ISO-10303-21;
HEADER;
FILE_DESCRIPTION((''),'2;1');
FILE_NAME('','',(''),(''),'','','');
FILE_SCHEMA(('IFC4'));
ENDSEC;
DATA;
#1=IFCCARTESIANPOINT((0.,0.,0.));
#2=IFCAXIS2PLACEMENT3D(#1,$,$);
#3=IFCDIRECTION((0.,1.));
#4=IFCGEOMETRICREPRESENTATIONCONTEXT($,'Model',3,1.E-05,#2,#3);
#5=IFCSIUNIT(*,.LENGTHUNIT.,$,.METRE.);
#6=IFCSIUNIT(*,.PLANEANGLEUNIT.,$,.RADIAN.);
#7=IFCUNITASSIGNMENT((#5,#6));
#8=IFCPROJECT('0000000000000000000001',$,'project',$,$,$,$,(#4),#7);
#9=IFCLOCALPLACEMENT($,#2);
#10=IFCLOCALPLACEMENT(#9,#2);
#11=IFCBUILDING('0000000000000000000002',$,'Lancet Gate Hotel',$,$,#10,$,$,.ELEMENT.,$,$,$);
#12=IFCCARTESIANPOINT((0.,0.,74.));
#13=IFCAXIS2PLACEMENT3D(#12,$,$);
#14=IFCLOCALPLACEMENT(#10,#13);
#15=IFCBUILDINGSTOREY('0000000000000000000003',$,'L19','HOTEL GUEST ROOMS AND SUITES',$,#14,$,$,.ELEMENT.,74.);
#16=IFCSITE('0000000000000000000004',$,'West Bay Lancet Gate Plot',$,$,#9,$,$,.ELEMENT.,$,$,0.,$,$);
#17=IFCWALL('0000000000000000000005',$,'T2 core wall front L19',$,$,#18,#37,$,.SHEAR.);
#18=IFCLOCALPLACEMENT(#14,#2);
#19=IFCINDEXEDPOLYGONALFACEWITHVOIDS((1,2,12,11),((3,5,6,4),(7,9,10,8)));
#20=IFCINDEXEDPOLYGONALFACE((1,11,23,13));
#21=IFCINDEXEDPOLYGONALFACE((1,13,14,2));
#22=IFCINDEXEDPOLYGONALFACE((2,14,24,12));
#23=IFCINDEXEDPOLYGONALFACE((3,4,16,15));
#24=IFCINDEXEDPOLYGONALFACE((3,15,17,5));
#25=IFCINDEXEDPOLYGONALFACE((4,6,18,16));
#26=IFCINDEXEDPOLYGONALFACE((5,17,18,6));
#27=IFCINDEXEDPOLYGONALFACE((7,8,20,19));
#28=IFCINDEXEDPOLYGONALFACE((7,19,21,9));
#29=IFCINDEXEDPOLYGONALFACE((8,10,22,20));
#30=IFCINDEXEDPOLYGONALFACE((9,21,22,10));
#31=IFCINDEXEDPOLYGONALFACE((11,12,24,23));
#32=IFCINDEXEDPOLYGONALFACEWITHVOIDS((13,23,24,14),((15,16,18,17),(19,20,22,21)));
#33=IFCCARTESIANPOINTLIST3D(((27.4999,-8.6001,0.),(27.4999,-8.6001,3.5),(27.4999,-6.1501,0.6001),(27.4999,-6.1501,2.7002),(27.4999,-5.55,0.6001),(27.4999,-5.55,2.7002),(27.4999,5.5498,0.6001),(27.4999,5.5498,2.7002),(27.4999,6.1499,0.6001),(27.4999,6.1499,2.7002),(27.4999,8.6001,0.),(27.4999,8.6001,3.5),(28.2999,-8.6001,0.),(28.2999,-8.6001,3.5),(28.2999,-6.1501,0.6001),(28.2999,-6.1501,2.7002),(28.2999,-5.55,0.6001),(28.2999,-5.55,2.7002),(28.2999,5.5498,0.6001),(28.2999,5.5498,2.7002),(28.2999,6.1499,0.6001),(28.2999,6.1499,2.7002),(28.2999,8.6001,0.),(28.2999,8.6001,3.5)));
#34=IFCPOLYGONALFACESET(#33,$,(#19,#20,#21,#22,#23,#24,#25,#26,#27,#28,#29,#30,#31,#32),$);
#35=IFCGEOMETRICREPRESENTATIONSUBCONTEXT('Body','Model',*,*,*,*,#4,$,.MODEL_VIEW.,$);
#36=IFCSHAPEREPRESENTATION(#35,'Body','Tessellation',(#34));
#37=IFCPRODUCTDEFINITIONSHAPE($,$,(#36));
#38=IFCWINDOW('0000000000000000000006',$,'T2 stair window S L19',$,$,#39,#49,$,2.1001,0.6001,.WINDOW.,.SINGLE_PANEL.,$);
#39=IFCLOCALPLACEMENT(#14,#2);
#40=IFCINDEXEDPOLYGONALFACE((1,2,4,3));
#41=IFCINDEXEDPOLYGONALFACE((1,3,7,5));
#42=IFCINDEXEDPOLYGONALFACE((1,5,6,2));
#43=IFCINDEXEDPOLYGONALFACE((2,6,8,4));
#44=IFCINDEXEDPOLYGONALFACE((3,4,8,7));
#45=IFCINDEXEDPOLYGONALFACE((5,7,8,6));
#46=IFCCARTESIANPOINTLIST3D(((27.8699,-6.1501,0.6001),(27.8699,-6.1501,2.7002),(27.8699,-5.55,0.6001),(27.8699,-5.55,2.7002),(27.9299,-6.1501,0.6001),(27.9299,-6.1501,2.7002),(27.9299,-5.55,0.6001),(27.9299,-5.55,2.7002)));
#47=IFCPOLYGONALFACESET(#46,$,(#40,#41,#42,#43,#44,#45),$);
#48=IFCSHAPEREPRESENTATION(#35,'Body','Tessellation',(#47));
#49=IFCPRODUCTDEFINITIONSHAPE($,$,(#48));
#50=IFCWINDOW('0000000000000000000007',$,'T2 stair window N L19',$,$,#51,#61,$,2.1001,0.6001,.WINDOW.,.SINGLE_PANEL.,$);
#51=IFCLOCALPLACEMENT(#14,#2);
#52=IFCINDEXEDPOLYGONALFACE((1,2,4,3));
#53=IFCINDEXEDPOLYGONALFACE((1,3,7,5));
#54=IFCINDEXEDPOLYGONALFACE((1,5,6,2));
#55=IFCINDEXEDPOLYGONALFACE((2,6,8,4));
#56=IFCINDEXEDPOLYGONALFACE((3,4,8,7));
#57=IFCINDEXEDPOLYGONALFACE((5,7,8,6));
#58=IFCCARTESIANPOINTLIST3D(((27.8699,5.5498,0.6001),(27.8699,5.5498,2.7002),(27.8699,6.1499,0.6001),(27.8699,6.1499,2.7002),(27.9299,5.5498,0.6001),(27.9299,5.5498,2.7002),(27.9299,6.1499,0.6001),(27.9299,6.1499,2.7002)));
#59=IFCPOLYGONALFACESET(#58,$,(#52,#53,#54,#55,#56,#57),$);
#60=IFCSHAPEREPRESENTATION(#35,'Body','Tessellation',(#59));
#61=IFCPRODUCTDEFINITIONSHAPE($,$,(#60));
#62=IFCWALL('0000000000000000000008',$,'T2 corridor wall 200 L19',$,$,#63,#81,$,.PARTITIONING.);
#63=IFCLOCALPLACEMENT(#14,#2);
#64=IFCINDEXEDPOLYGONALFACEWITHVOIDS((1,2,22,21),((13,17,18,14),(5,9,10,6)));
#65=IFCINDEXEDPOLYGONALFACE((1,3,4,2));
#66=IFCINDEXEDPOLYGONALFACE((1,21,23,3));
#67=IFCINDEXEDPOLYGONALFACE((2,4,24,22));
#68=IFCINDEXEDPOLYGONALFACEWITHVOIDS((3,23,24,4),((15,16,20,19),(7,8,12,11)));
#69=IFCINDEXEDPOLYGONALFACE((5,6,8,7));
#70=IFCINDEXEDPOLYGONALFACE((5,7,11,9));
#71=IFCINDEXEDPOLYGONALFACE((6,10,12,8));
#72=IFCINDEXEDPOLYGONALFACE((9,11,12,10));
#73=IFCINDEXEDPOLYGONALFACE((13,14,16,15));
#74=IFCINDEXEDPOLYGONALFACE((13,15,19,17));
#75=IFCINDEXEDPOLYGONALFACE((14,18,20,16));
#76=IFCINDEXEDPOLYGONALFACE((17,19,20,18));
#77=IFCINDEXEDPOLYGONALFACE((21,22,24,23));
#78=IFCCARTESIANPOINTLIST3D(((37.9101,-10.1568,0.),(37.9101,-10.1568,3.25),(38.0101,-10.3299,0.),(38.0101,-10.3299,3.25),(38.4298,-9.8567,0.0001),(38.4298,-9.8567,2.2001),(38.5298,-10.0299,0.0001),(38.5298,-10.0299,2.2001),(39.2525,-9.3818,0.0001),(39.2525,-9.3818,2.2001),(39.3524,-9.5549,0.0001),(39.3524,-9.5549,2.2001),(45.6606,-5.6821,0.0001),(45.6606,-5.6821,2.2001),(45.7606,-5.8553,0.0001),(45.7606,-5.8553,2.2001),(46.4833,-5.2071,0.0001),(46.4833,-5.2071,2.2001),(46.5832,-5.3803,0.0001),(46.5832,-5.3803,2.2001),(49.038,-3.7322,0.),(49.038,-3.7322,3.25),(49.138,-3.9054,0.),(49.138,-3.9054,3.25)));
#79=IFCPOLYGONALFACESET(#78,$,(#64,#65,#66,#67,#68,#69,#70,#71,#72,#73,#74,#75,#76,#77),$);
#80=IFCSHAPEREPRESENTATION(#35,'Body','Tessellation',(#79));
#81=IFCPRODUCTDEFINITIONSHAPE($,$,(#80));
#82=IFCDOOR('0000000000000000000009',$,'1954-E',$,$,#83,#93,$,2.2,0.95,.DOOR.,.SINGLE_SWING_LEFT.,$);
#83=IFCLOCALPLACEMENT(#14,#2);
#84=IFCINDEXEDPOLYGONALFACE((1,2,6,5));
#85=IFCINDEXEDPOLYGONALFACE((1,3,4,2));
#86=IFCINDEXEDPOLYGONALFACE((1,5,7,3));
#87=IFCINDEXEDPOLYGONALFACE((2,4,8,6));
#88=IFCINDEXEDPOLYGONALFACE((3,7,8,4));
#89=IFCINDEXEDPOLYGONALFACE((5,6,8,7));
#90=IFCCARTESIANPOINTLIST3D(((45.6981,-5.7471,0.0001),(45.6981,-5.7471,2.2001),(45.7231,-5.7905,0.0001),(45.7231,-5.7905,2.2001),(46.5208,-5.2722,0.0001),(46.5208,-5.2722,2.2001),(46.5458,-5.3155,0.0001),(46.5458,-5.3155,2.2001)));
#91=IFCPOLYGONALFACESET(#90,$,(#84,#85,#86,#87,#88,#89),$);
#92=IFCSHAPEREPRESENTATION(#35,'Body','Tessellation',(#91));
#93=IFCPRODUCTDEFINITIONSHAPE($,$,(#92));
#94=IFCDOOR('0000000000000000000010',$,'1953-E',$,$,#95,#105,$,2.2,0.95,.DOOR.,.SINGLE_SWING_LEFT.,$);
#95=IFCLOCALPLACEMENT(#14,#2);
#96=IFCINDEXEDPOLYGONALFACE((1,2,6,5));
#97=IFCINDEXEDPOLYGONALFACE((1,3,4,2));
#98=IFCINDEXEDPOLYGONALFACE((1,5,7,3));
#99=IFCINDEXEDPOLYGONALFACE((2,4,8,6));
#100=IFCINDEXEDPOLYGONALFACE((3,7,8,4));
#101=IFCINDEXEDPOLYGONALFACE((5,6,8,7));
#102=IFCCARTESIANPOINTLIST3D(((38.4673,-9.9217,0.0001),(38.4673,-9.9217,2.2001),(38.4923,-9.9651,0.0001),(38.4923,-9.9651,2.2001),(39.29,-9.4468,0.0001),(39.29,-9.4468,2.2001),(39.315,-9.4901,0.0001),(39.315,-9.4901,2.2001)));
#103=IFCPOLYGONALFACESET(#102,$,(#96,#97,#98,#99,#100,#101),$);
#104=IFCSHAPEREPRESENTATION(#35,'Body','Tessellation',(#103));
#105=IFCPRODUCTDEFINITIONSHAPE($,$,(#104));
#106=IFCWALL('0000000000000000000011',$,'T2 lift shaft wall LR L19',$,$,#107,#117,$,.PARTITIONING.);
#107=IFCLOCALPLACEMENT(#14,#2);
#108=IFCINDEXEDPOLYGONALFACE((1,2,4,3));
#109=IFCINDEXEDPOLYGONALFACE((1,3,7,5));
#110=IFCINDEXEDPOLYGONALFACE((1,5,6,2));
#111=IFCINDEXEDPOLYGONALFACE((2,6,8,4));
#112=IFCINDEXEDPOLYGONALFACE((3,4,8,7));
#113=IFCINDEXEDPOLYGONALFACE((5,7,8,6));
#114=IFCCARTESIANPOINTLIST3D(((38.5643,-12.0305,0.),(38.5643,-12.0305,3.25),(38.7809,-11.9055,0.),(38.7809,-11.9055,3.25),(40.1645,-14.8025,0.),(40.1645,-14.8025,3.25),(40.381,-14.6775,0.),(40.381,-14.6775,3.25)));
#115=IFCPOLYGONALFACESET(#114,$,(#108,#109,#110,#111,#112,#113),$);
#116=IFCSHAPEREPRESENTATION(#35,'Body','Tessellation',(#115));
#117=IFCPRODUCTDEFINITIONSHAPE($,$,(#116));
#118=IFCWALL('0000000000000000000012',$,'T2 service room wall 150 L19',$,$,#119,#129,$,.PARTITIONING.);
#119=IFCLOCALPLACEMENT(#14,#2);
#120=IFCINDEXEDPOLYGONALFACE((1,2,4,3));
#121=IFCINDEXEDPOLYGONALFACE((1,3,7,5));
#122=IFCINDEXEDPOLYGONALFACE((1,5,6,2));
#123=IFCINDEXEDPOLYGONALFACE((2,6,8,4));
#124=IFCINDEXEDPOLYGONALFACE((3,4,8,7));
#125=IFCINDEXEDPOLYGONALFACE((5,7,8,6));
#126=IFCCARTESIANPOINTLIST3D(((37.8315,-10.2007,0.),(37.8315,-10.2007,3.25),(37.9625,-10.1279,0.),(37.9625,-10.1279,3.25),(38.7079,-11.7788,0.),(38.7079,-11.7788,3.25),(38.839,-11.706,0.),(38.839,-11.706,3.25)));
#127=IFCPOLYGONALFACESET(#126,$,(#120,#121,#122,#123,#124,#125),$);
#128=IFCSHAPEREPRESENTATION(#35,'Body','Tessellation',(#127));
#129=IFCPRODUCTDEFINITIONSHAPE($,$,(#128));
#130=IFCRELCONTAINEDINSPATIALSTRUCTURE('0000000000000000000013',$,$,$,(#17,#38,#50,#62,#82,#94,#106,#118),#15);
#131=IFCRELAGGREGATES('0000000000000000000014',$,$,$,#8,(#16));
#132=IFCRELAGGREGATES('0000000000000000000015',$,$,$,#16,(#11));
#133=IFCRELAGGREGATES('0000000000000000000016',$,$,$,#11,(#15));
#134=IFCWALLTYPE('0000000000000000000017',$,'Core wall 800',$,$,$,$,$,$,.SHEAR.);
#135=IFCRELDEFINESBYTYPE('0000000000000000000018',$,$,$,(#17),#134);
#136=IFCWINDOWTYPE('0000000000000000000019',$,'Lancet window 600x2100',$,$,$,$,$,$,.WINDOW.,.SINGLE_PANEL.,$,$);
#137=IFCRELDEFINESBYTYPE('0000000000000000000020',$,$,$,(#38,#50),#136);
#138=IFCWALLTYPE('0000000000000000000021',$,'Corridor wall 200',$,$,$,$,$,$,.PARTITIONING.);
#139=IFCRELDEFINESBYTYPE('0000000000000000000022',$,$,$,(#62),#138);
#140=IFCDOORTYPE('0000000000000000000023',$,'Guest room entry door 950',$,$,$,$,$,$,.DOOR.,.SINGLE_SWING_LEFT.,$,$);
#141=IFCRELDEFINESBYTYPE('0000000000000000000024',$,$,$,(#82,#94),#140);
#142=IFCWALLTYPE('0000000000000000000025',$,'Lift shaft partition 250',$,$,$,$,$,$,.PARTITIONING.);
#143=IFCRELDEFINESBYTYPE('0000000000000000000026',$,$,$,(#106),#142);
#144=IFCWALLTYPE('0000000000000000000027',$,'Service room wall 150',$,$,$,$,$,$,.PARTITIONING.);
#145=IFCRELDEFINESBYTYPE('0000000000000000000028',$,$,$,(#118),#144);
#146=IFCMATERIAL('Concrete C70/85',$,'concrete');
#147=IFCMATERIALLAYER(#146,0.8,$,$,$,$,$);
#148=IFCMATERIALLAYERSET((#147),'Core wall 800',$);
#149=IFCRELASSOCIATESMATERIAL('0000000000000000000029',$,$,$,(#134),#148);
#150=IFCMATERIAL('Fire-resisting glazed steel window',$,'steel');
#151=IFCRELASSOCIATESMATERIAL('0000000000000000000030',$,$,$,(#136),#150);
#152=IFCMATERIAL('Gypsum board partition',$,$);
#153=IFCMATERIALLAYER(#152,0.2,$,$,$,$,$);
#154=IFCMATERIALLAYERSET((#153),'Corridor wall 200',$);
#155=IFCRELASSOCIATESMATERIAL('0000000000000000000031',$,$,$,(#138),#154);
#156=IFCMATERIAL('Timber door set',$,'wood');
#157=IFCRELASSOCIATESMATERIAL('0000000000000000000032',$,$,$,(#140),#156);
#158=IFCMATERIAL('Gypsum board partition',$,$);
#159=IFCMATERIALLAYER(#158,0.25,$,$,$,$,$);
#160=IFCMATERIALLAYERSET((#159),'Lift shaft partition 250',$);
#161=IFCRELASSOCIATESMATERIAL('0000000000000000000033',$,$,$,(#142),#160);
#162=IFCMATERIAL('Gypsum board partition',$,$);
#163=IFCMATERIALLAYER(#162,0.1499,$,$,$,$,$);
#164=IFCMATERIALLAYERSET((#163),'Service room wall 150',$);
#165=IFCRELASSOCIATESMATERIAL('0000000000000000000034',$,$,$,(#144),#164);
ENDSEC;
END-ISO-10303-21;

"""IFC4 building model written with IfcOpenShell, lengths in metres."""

from ifc_helpers import new_model, si_unit, direction, frame, frame_2d, origin, place, context, subcontext, project, spatial, rectangle, extrude, material, layer, layer_set, type_object, element, fill, save


model = new_model("IFC4")

# Units and contexts
model_context = context("Model", 3, precision=1e-05, world=origin(), true_north=direction((0.0, 1.0)))
body_context = subcontext(model_context, "Body", "Model", "MODEL_VIEW")
ifc_project = project(units=[si_unit("LENGTHUNIT", "METRE"), si_unit("PLANEANGLEUNIT", "RADIAN")], contexts=[model_context])

# Site, building, storey
site_placement = place(None, origin())
site = spatial("IfcSite", under=ifc_project, at=site_placement, Name="West Bay Lancet Gate Plot", CompositionType="ELEMENT", RefElevation=0.0)
building_placement = place(site_placement, origin())
building = spatial("IfcBuilding", under=site, at=building_placement, Name="Lancet Gate Hotel", CompositionType="ELEMENT")
storey_placement = place(building_placement, frame((0.0, 0.0, 74.0)))
storey = spatial("IfcBuildingStorey", under=building, at=storey_placement, Name="L19", Description="HOTEL GUEST ROOMS AND SUITES", CompositionType="ELEMENT", Elevation=74.0)

# Wall, openings, windows
ifc_material_1 = material(Name="Concrete C70/85", Category="concrete")
ifc_layer_1 = layer(ifc_material_1, 0.8)
ifc_layer_set_1 = layer_set([ifc_layer_1], Name="Core wall 800")
wall_type_1 = type_object("IfcWallType", Name="Core wall 800", PredefinedType="SHEAR", material=ifc_layer_set_1)
wall_1_placement = place(storey_placement, frame((27.8999, -8.6001, 0.0), z_axis=(0.0, 0.0, 1.0), x_axis=(0.0, 1.0, 0.0)))
wall_1 = element("IfcWall", 1, at=wall_1_placement, inside=storey, type_object=wall_type_1, Name="T2 core wall front L19", PredefinedType="SHEAR", context=body_context, shape_type="SweptSolid", body=[
    extrude(rectangle(XDim=17.2002, YDim=0.8, at=frame_2d((8.6001, 0.0))), origin(), (0.0, 0.0, 1.0), 3.5),
])
opening_1_placement = place(wall_1_placement, frame((2.45, 0.0, 0.6001)))
opening_1 = element("IfcOpeningElement", 2, at=opening_1_placement, cuts=wall_1, PredefinedType="OPENING", context=body_context, shape_type="SweptSolid", body=[
    extrude(rectangle(XDim=0.6001, YDim=2.1001, at=frame_2d((0.3, 1.05))), frame((0.0, 0.4099, 0.0), z_axis=(0.0, -1.0, 0.0), x_axis=(1.0, 0.0, 0.0)), (0.0, 0.0, 1.0), 0.8201),
])
opening_2_placement = place(wall_1_placement, frame((14.1499, 0.0, 0.6001)))
opening_2 = element("IfcOpeningElement", 3, at=opening_2_placement, cuts=wall_1, PredefinedType="OPENING", context=body_context, shape_type="SweptSolid", body=[
    extrude(rectangle(XDim=0.6001, YDim=2.1001, at=frame_2d((0.3, 1.05))), frame((0.0, 0.4099, 0.0), z_axis=(0.0, -1.0, 0.0), x_axis=(1.0, 0.0, 0.0)), (0.0, 0.0, 1.0), 0.8201),
])
ifc_material_2 = material(Name="Fire-resisting glazed steel window", Category="steel")
window_type = type_object("IfcWindowType", Name="Lancet window 600x2100", PartitioningType="SINGLE_PANEL", PredefinedType="WINDOW", material=ifc_material_2)
window_1_placement = place(opening_1_placement, origin())
window_1 = element("IfcWindow", 4, at=window_1_placement, inside=storey, type_object=window_type, Name="T2 stair window S L19", OverallHeight=2.1001, OverallWidth=0.6001, PartitioningType="SINGLE_PANEL", PredefinedType="WINDOW", context=body_context, shape_type="SweptSolid", body=[
    extrude(rectangle(XDim=0.6001, YDim=2.1001, at=frame_2d((0.3, 1.05))), frame((0.0, 0.03, 0.0), z_axis=(0.0, -1.0, 0.0), x_axis=(1.0, 0.0, 0.0)), (0.0, 0.0, 1.0), 0.0601),
])
fill(opening_1, window_1)
window_2_placement = place(opening_2_placement, origin())
window_2 = element("IfcWindow", 5, at=window_2_placement, inside=storey, type_object=window_type, Name="T2 stair window N L19", OverallHeight=2.1001, OverallWidth=0.6001, PartitioningType="SINGLE_PANEL", PredefinedType="WINDOW", context=body_context, shape_type="SweptSolid", body=[
    extrude(rectangle(XDim=0.6001, YDim=2.1001, at=frame_2d((0.3, 1.05))), frame((0.0, 0.03, 0.0), z_axis=(0.0, -1.0, 0.0), x_axis=(1.0, 0.0, 0.0)), (0.0, 0.0, 1.0), 0.0601),
])
fill(opening_2, window_2)

# Wall, openings, doors
ifc_material_3 = material(Name="Gypsum board partition")
ifc_layer_2 = layer(ifc_material_3, 0.2)
ifc_layer_set_2 = layer_set([ifc_layer_2], Name="Corridor wall 200")
wall_type_2 = type_object("IfcWallType", Name="Corridor wall 200", PredefinedType="PARTITIONING", material=ifc_layer_set_2)
wall_2_placement = place(storey_placement, frame((37.96, -10.2434, 0.0), z_axis=(0.0, 0.0, 1.0), x_axis=(0.866031, 0.499991, 0.0)))
wall_2 = element("IfcWall", 6, at=wall_2_placement, inside=storey, type_object=wall_type_2, Name="T2 corridor wall 200 L19", PredefinedType="PARTITIONING", context=body_context, shape_type="SweptSolid", body=[
    extrude(rectangle(XDim=12.8494, YDim=0.2, at=frame_2d((6.4248, 0.0))), origin(), (0.0, 0.0, 1.0), 3.25),
])
opening_3_placement = place(wall_2_placement, frame((8.9495, 0.0, 0.0)))
opening_3 = element("IfcOpeningElement", 7, at=opening_3_placement, cuts=wall_2, PredefinedType="OPENING", context=body_context, shape_type="SweptSolid", body=[
    extrude(rectangle(XDim=0.95, YDim=2.2, at=frame_2d((0.4751, 1.1001))), frame((0.0, 0.1099, 0.0), z_axis=(0.0, -1.0, 0.0), x_axis=(1.0, 0.0, 0.0)), (0.0, 0.0, 1.0), 0.22),
])
opening_4_placement = place(wall_2_placement, frame((0.6001, 0.0, 0.0)))
opening_4 = element("IfcOpeningElement", 8, at=opening_4_placement, cuts=wall_2, PredefinedType="OPENING", context=body_context, shape_type="SweptSolid", body=[
    extrude(rectangle(XDim=0.95, YDim=2.2, at=frame_2d((0.4751, 1.1001))), frame((0.0, 0.1099, 0.0), z_axis=(0.0, -1.0, 0.0), x_axis=(1.0, 0.0, 0.0)), (0.0, 0.0, 1.0), 0.22),
])
ifc_material_4 = material(Name="Timber door set", Category="wood")
door_type_1 = type_object("IfcDoorType", Name="Guest room entry door 950", OperationType="SINGLE_SWING_LEFT", PredefinedType="DOOR", material=ifc_material_4)
door_1_placement = place(opening_3_placement, origin())
door_1 = element("IfcDoor", 9, at=door_1_placement, inside=storey, type_object=door_type_1, Name="1954-E", OperationType="SINGLE_SWING_LEFT", OverallHeight=2.2, OverallWidth=0.95, PredefinedType="DOOR", context=body_context, shape_type="SweptSolid", body=[
    extrude(rectangle(XDim=0.95, YDim=2.2, at=frame_2d((0.4751, 1.1001))), frame((0.0, 0.0249, 0.0), z_axis=(0.0, -1.0, 0.0), x_axis=(1.0, 0.0, 0.0)), (0.0, 0.0, 1.0), 0.05),
])
fill(opening_3, door_1)
door_2_placement = place(opening_4_placement, origin())
door_2 = element("IfcDoor", 10, at=door_2_placement, inside=storey, type_object=door_type_1, Name="1953-E", OperationType="SINGLE_SWING_LEFT", OverallHeight=2.2, OverallWidth=0.95, PredefinedType="DOOR", context=body_context, shape_type="SweptSolid", body=[
    extrude(rectangle(XDim=0.95, YDim=2.2, at=frame_2d((0.4751, 1.1001))), frame((0.0, 0.0249, 0.0), z_axis=(0.0, -1.0, 0.0), x_axis=(1.0, 0.0, 0.0)), (0.0, 0.0, 1.0), 0.05),
])
fill(opening_4, door_2)

# Walls
ifc_material_5 = material(Name="Gypsum board partition")
ifc_layer_3 = layer(ifc_material_5, 0.25)
ifc_layer_set_3 = layer_set([ifc_layer_3], Name="Lift shaft partition 250")
wall_type_3 = type_object("IfcWallType", Name="Lift shaft partition 250", PredefinedType="PARTITIONING", material=ifc_layer_set_3)
wall_3_placement = place(storey_placement, frame((38.6726, -11.968, 0.0), z_axis=(0.0, 0.0, 1.0), x_axis=(0.499929, -0.866066, 0.0)))
element("IfcWall", 11, at=wall_3_placement, inside=storey, type_object=wall_type_3, Name="T2 lift shaft wall LR L19", PredefinedType="PARTITIONING", context=body_context, shape_type="SweptSolid", body=[
    extrude(rectangle(XDim=3.2007, YDim=0.25, at=frame_2d((1.6003, 0.0))), origin(), (0.0, 0.0, 1.0), 3.25),
])
ifc_material_6 = material(Name="Gypsum board partition")
ifc_layer_4 = layer(ifc_material_6, 0.1499)
ifc_layer_set_4 = layer_set([ifc_layer_4], Name="Service room wall 150")
wall_type_4 = type_object("IfcWallType", Name="Service room wall 150", PredefinedType="PARTITIONING", material=ifc_layer_set_4)
wall_4_placement = place(storey_placement, frame((38.7734, -11.7424, 0.0), z_axis=(0.0, 0.0, 1.0), x_axis=(-0.485528, 0.874221, 0.0)))
element("IfcWall", 12, at=wall_4_placement, inside=storey, type_object=wall_type_4, Name="T2 service room wall 150 L19", PredefinedType="PARTITIONING", context=body_context, shape_type="SweptSolid", body=[
    extrude(rectangle(XDim=1.8052, YDim=0.1499, at=frame_2d((0.9026, 0.0))), origin(), (0.0, 0.0, 1.0), 3.25),
])

save(model, "model.ifc")
